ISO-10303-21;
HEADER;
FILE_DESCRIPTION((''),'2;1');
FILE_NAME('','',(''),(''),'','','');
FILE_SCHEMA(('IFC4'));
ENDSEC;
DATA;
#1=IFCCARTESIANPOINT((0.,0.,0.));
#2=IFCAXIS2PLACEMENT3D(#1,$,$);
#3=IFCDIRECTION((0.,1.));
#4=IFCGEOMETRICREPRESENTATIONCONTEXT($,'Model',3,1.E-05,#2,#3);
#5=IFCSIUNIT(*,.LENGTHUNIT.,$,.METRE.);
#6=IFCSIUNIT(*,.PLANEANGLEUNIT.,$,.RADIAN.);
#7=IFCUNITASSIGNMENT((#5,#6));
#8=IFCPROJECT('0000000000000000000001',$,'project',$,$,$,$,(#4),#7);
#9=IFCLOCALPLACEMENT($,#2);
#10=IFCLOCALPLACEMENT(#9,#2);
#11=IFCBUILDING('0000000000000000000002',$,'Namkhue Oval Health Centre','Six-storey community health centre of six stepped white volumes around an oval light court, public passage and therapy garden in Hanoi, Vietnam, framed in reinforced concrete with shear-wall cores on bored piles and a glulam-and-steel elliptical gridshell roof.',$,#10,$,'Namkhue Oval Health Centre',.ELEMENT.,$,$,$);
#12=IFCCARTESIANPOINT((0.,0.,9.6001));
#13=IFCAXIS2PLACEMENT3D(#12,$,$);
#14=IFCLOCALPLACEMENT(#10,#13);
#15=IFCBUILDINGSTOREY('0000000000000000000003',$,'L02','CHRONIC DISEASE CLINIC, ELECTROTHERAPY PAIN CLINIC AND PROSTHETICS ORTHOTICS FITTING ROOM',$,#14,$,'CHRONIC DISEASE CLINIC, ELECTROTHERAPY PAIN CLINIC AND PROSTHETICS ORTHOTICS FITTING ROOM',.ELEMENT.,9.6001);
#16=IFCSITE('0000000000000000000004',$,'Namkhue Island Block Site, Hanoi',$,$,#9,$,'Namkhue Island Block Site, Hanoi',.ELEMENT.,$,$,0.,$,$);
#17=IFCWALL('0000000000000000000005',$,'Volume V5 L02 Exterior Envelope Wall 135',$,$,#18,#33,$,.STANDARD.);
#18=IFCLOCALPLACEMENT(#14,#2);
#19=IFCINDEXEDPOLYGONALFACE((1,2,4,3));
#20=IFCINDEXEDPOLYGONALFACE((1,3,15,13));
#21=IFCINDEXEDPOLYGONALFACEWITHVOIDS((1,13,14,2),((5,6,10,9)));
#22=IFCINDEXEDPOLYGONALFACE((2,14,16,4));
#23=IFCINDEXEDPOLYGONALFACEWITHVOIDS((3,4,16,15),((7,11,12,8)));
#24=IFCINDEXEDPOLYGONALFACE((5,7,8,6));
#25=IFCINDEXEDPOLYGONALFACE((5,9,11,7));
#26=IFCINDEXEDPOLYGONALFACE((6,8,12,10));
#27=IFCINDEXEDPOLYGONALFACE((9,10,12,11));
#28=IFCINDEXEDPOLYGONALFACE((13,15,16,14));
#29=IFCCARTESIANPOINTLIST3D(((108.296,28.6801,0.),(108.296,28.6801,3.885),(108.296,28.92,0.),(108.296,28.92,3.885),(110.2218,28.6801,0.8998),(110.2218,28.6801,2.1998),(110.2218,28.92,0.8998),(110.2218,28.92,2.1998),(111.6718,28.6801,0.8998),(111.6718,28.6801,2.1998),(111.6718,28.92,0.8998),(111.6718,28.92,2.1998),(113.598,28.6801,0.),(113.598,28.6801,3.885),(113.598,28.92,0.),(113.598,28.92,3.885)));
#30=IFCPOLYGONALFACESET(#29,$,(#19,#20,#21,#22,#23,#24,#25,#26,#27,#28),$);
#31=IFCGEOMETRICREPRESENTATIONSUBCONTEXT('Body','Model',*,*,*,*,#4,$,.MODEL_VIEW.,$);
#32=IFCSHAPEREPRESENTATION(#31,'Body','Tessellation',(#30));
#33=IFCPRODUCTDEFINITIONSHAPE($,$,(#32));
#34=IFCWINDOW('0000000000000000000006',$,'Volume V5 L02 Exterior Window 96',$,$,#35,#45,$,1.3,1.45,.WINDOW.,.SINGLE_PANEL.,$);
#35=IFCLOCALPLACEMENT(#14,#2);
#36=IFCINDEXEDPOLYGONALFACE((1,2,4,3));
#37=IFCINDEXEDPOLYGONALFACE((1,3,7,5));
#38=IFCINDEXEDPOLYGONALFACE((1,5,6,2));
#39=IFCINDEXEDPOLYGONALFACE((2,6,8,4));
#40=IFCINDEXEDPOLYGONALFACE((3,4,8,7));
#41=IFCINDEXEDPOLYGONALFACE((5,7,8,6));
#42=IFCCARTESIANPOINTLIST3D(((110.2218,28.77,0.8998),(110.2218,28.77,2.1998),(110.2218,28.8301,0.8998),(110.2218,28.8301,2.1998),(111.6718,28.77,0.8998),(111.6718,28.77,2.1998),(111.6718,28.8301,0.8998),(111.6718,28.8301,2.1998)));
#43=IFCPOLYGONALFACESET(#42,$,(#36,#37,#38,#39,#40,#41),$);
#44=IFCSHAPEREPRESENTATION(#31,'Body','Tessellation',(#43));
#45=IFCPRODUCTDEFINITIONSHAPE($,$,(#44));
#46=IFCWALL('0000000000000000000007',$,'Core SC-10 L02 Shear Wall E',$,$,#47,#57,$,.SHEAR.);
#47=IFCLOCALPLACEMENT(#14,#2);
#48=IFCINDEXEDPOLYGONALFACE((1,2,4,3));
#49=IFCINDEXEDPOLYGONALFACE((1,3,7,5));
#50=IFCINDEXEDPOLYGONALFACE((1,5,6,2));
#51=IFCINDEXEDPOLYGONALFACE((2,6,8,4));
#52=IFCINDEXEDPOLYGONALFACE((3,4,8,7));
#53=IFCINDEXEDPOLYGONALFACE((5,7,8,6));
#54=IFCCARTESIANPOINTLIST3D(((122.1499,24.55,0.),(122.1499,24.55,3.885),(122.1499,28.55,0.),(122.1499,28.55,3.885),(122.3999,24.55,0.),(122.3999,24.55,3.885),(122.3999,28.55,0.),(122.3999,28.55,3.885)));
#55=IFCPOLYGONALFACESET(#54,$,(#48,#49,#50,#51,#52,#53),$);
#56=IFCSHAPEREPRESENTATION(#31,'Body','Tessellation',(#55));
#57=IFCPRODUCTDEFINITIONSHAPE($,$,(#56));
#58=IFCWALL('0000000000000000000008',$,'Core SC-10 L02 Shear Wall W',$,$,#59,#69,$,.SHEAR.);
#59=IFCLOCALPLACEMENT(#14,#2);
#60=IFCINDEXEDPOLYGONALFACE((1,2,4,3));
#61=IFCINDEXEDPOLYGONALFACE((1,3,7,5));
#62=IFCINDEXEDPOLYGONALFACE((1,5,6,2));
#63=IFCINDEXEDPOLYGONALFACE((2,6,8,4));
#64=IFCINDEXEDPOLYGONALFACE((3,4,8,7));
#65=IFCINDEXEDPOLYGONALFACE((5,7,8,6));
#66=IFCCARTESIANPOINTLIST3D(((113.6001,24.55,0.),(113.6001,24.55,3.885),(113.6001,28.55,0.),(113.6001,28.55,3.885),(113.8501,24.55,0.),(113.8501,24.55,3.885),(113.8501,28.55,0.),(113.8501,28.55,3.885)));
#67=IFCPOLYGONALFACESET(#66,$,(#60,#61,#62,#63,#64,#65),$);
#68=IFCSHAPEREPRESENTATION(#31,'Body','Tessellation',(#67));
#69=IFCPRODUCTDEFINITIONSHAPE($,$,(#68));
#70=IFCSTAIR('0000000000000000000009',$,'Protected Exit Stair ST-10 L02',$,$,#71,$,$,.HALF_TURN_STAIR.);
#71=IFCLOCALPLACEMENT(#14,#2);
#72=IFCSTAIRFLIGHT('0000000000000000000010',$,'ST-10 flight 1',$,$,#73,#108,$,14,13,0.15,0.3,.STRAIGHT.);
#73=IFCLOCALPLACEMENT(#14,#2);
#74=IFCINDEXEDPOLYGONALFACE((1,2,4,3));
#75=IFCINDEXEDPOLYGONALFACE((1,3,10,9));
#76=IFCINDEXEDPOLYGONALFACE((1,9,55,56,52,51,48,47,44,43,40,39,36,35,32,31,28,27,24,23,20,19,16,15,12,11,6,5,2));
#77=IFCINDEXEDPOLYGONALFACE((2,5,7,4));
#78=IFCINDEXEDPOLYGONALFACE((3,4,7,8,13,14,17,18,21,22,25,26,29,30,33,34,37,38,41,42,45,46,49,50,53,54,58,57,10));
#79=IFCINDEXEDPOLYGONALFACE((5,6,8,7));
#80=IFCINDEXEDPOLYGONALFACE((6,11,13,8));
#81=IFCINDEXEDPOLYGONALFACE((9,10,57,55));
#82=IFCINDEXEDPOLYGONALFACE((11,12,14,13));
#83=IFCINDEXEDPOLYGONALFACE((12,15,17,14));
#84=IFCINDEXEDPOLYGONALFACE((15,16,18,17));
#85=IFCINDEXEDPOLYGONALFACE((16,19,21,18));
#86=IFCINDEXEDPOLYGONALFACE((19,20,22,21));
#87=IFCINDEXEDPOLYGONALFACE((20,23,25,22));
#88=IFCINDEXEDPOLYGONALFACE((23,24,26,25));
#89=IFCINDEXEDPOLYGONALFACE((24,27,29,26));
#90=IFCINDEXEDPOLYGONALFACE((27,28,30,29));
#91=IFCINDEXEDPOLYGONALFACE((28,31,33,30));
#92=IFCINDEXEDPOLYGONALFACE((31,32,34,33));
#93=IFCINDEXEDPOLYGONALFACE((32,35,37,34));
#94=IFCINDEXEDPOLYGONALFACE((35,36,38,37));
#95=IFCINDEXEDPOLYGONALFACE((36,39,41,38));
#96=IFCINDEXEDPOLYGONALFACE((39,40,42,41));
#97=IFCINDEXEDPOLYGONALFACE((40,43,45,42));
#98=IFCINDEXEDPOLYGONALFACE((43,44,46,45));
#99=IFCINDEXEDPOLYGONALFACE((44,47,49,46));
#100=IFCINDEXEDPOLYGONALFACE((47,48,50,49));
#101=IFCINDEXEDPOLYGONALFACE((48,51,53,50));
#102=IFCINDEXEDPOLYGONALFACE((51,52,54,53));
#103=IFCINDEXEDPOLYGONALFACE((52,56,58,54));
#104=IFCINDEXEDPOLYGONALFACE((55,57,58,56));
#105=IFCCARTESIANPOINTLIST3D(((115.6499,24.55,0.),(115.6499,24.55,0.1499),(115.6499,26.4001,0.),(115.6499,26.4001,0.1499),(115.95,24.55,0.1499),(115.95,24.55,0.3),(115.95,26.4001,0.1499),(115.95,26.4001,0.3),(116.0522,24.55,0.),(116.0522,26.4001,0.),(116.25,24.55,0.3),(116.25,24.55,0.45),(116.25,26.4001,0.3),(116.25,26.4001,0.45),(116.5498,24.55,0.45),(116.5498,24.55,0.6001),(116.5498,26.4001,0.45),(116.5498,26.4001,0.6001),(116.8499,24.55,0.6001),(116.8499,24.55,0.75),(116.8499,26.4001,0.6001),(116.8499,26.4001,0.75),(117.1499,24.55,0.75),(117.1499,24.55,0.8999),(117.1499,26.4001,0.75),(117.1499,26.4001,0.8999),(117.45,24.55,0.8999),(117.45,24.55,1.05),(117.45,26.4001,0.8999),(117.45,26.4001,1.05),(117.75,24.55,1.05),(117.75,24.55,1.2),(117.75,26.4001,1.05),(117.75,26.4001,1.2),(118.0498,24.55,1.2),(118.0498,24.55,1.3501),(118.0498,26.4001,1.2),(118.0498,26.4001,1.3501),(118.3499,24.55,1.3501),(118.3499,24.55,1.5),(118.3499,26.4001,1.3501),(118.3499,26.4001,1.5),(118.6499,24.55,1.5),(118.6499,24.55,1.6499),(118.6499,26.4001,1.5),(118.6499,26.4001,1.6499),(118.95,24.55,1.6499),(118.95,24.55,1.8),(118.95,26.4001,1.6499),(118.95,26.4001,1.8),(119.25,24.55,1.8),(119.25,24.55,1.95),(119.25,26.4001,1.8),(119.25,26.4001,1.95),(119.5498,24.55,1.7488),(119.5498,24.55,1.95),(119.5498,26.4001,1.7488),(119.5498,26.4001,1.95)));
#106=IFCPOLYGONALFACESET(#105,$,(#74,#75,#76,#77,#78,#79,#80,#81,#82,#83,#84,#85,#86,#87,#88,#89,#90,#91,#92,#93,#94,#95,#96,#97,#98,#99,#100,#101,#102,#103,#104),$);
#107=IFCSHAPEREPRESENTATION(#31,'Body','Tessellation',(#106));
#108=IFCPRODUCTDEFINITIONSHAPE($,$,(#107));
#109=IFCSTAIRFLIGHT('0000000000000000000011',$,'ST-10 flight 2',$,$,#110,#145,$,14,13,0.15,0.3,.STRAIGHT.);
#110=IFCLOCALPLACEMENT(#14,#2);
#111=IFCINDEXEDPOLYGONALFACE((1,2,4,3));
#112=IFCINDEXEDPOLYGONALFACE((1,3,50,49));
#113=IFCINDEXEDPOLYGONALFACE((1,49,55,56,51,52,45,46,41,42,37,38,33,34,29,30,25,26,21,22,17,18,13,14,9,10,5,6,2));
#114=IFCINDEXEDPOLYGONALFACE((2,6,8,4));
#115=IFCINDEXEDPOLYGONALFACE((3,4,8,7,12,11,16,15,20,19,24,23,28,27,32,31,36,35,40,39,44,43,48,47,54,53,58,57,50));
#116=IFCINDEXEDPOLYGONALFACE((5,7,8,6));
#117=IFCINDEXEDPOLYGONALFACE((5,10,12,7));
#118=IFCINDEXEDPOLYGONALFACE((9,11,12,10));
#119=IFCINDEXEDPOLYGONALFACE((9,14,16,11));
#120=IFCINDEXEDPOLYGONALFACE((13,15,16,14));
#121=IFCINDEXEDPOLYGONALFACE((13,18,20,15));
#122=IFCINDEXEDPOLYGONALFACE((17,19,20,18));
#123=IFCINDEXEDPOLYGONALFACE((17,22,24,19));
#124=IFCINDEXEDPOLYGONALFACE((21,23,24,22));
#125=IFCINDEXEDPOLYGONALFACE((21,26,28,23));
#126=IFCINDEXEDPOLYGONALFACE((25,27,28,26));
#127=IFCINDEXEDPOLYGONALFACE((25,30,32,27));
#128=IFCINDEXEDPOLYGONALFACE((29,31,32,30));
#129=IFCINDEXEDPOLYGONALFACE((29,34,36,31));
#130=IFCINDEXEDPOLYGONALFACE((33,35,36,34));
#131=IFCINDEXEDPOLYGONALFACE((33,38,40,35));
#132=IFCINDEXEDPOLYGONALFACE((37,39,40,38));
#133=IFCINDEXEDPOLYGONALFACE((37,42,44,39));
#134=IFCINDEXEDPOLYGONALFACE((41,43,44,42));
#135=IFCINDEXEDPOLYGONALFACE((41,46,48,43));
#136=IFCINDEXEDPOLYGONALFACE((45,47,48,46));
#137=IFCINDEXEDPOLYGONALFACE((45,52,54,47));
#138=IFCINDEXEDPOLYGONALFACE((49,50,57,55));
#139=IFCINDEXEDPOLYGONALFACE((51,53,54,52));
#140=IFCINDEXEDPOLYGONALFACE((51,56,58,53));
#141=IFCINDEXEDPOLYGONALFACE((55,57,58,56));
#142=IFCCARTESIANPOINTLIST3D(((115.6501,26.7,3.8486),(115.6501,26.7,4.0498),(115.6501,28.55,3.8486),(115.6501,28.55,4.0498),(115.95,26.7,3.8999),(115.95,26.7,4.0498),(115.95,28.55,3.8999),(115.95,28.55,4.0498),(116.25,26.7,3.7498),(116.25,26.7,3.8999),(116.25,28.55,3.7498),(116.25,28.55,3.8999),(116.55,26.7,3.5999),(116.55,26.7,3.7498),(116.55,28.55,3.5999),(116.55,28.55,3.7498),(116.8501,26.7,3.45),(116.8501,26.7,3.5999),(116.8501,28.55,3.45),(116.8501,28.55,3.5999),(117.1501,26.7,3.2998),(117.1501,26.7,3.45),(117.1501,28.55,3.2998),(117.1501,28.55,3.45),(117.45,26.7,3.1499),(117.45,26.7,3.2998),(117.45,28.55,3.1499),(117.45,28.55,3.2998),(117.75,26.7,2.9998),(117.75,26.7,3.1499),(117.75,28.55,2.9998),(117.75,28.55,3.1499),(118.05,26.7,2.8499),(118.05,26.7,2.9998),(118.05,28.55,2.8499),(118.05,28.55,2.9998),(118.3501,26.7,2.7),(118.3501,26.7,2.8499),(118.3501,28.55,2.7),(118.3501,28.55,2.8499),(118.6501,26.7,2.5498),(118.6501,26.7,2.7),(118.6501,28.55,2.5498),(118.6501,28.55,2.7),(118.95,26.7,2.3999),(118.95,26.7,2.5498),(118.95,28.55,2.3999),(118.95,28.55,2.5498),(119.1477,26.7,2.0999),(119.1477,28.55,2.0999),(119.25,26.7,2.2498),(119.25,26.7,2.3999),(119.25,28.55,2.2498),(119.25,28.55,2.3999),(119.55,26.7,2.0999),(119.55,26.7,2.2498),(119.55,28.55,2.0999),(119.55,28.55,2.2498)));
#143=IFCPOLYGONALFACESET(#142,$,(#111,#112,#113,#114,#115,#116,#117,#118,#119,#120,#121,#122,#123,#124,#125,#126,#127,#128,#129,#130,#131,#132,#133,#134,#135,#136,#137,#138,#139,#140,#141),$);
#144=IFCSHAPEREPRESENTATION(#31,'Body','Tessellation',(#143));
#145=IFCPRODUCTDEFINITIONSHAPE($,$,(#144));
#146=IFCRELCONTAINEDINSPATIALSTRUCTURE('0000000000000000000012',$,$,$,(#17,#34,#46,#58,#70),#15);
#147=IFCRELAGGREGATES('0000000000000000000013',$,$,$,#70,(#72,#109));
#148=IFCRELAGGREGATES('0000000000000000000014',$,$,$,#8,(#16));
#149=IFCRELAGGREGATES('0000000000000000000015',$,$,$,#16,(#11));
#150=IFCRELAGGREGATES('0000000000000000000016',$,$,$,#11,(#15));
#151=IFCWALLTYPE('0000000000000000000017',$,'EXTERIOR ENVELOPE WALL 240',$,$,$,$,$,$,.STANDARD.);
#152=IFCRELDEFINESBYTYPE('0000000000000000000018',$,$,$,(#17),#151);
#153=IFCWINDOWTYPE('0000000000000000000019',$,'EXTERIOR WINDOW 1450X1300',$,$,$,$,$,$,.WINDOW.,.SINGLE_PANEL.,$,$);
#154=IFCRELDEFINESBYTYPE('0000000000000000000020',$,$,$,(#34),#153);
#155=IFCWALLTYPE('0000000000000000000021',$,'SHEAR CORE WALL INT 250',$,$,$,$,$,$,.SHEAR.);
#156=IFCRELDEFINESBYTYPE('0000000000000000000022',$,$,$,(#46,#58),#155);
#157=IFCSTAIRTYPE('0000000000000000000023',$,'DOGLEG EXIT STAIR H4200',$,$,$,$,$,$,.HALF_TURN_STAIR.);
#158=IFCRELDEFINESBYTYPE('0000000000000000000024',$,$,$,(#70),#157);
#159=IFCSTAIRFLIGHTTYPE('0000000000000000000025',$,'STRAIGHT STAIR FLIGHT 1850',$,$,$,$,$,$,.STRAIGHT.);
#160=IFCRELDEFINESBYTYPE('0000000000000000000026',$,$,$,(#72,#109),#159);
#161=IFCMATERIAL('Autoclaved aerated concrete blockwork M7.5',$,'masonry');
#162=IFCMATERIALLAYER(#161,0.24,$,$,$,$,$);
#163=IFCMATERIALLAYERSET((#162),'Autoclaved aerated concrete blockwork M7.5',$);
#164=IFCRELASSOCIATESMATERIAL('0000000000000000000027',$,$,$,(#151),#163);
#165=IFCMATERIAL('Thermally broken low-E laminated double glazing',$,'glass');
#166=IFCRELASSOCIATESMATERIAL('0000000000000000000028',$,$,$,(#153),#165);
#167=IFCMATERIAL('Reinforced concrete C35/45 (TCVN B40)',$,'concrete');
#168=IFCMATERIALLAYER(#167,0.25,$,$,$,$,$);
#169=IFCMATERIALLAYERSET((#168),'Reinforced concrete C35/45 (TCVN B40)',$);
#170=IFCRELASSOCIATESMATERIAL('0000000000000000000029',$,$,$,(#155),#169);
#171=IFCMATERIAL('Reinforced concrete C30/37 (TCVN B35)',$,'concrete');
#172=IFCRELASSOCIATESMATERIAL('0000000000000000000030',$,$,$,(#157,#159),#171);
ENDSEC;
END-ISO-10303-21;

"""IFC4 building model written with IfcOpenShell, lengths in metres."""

from ifc_helpers import new_model, si_unit, direction, frame, frame_2d, origin, place, context, subcontext, project, spatial, polyline, rectangle, outline, extrude, material, layer, layer_set, type_object, element, fill, aggregate, save


model = new_model("IFC4")

# Units and contexts
model_context = context("Model", 3, precision=1e-05, world=origin(), true_north=direction((0.0, 1.0)))
body_context = subcontext(model_context, "Body", "Model", "MODEL_VIEW")
ifc_project = project(units=[si_unit("LENGTHUNIT", "METRE"), si_unit("PLANEANGLEUNIT", "RADIAN")], contexts=[model_context])

# Site, building, storey
site_placement = place(None, origin())
site = spatial("IfcSite", under=ifc_project, at=site_placement, Name="Namkhue Island Block Site, Hanoi", LongName="Namkhue Island Block Site, Hanoi", CompositionType="ELEMENT", RefElevation=0.0)
building_placement = place(site_placement, origin())
building = spatial("IfcBuilding", under=site, at=building_placement, Name="Namkhue Oval Health Centre", Description="Six-storey community health centre of six stepped white volumes around an oval light court, public passage and therapy garden in Hanoi, Vietnam, framed in reinforced concrete with shear-wall cores on bored piles and a glulam-and-steel elliptical gridshell roof.", LongName="Namkhue Oval Health Centre", CompositionType="ELEMENT")
storey_placement = place(building_placement, frame((0.0, 0.0, 9.6001)))
storey = spatial("IfcBuildingStorey", under=building, at=storey_placement, Name="L02", Description="CHRONIC DISEASE CLINIC, ELECTROTHERAPY PAIN CLINIC AND PROSTHETICS ORTHOTICS FITTING ROOM", LongName="CHRONIC DISEASE CLINIC, ELECTROTHERAPY PAIN CLINIC AND PROSTHETICS ORTHOTICS FITTING ROOM", CompositionType="ELEMENT", Elevation=9.6001)

# Shared definitions
ifc_material_1 = material(Name="Reinforced concrete C35/45 (TCVN B40)", Category="concrete")

# Shared definitions
ifc_material_2 = material(Name="Reinforced concrete C30/37 (TCVN B35)", Category="concrete")

# Wall, opening, window
ifc_material_3 = material(Name="Autoclaved aerated concrete blockwork M7.5", Category="masonry")
ifc_layer_1 = layer(ifc_material_3, 0.24)
ifc_layer_set_1 = layer_set([ifc_layer_1], Name="Autoclaved aerated concrete blockwork M7.5")
wall_type_1 = type_object("IfcWallType", Name="EXTERIOR ENVELOPE WALL 240", PredefinedType="STANDARD", material=ifc_layer_set_1)
wall_1_placement = place(storey_placement, frame((113.5979, 28.8, 0.0), z_axis=(0.0, 0.0, 1.0), x_axis=(-1.0, 0.0, 0.0)))
wall_1 = element("IfcWall", 1, at=wall_1_placement, inside=storey, type_object=wall_type_1, Name="Volume V5 L02 Exterior Envelope Wall 135", PredefinedType="STANDARD", context=body_context, shape_type="SweptSolid", body=[
    extrude(rectangle(XDim=5.302, YDim=0.24, at=frame_2d((2.6509, 0.0))), origin(), (0.0, 0.0, 1.0), 3.885),
])
opening_1_placement = place(wall_1_placement, frame((1.926, 0.0, 0.8999)))
opening_1 = element("IfcOpeningElement", 2, at=opening_1_placement, cuts=wall_1, PredefinedType="OPENING", context=body_context, shape_type="SweptSolid", body=[
    extrude(rectangle(XDim=1.45, YDim=1.3, at=frame_2d((0.7251, 0.6499))), frame((0.0, 0.1299, 0.0), z_axis=(0.0, -1.0, 0.0), x_axis=(1.0, 0.0, 0.0)), (0.0, 0.0, 1.0), 0.26),
])
ifc_material_4 = material(Name="Thermally broken low-E laminated double glazing", Category="glass")
window_type = type_object("IfcWindowType", Name="EXTERIOR WINDOW 1450X1300", PartitioningType="SINGLE_PANEL", PredefinedType="WINDOW", material=ifc_material_4)
window_placement = place(opening_1_placement, origin())
window = element("IfcWindow", 3, at=window_placement, inside=storey, type_object=window_type, Name="Volume V5 L02 Exterior Window 96", OverallHeight=1.3, OverallWidth=1.45, PartitioningType="SINGLE_PANEL", PredefinedType="WINDOW", context=body_context, shape_type="SweptSolid", body=[
    extrude(rectangle(XDim=1.45, YDim=1.3, at=frame_2d((0.7251, 0.6499))), frame((0.0, 0.03, 0.0), z_axis=(0.0, -1.0, 0.0), x_axis=(1.0, 0.0, 0.0)), (0.0, 0.0, 1.0), 0.0601),
])
fill(opening_1, window)

# Shared definitions
ifc_layer_2 = layer(ifc_material_1, 0.25)
ifc_layer_set_2 = layer_set([ifc_layer_2], Name="Reinforced concrete C35/45 (TCVN B40)")
wall_type_2 = type_object("IfcWallType", Name="SHEAR CORE WALL INT 250", PredefinedType="SHEAR", material=ifc_layer_set_2)

# Walls
for number, where, z_axis, x_axis, name in (
    (4, (122.2749, 24.55, 0.0), (0.0, 0.0, 1.0), (0.0, 1.0, 0.0), "Core SC-10 L02 Shear Wall E"),
    (5, (113.7251, 28.55, 0.0), (0.0, 0.0, 1.0), (0.0, -1.0, 0.0), "Core SC-10 L02 Shear Wall W"),
):
    element("IfcWall", number, at=place(storey_placement, frame(where, z_axis=z_axis, x_axis=x_axis)), inside=storey, type_object=wall_type_2, Name=name, PredefinedType="SHEAR", context=body_context, shape_type="SweptSolid", body=[
        extrude(rectangle(XDim=4.0, YDim=0.25, at=frame_2d((2.0, 0.0))), origin(), (0.0, 0.0, 1.0), 3.885),
    ])

# Stair, stair flights
stair_type = type_object("IfcStairType", Name="DOGLEG EXIT STAIR H4200", PredefinedType="HALF_TURN_STAIR", material=ifc_material_2)
stair_placement = place(storey_placement, origin())
stair = element("IfcStair", 6, at=stair_placement, inside=storey, type_object=stair_type, Name="Protected Exit Stair ST-10 L02", PredefinedType="HALF_TURN_STAIR")
stair_flight_type = type_object("IfcStairFlightType", Name="STRAIGHT STAIR FLIGHT 1850", PredefinedType="STRAIGHT", material=ifc_material_2)
stair_flight_1_placement = place(storey_placement, frame((115.6499, 25.4751, 0.0), z_axis=(0.0, 0.0, 1.0), x_axis=(1.0, 0.0, 0.0)))
stair_flight_1 = element("IfcStairFlight", 7, at=stair_flight_1_placement, type_object=stair_flight_type, Name="ST-10 flight 1", NumberOfRisers=14, NumberOfTreads=13, PredefinedType="STRAIGHT", RiserHeight=0.15, TreadLength=0.3, context=body_context, shape_type="SweptSolid", body=[
    extrude(outline(polyline([(0.0, 0.0), (0.0, 0.1499), (0.3, 0.1499), (0.3, 0.3), (0.6001, 0.3), (0.6001, 0.45), (0.8999, 0.45), (0.8999, 0.6001), (1.2, 0.6001), (1.2, 0.75), (1.5, 0.75), (1.5, 0.8999), (1.8, 0.8999), (1.8, 1.05), (2.1001, 1.05), (2.1001, 1.2), (2.3999, 1.2), (2.3999, 1.3501), (2.7, 1.3501), (2.7, 1.5), (3.0, 1.5), (3.0, 1.6499), (3.3, 1.6499), (3.3, 1.8), (3.6001, 1.8), (3.6001, 1.95), (3.8999, 1.95), (3.8999, 2.1001), (3.8999, 1.7488), (0.4023, 0.0), (0.0, 0.0)])), frame((0.0, 0.925, 0.0), z_axis=(0.0, -1.0, 0.0), x_axis=(1.0, 0.0, 0.0)), (0.0, 0.0, 1.0), 1.8501),
])
stair_flight_2_placement = place(storey_placement, frame((119.55, 27.625, 2.0999), z_axis=(0.0, 0.0, 1.0), x_axis=(-1.0, 0.0, 0.0)))
stair_flight_2 = element("IfcStairFlight", 8, at=stair_flight_2_placement, type_object=stair_flight_type, Name="ST-10 flight 2", NumberOfRisers=14, NumberOfTreads=13, PredefinedType="STRAIGHT", RiserHeight=0.15, TreadLength=0.3, context=body_context, shape_type="SweptSolid", body=[
    extrude(outline(polyline([(0.0, 0.0), (0.0, 0.1499), (0.3, 0.1499), (0.3, 0.3), (0.6001, 0.3), (0.6001, 0.45), (0.8999, 0.45), (0.8999, 0.6001), (1.2, 0.6001), (1.2, 0.75), (1.5, 0.75), (1.5, 0.8999), (1.8, 0.8999), (1.8, 1.05), (2.1001, 1.05), (2.1001, 1.2), (2.3999, 1.2), (2.3999, 1.3501), (2.7, 1.3501), (2.7, 1.5), (3.0, 1.5), (3.0, 1.6499), (3.3, 1.6499), (3.3, 1.8), (3.6001, 1.8), (3.6001, 1.95), (3.8999, 1.95), (3.8999, 2.1001), (3.8999, 1.7488), (0.4023, 0.0), (0.0, 0.0)])), frame((0.0, 0.925, 0.0), z_axis=(0.0, -1.0, 0.0), x_axis=(1.0, 0.0, 0.0)), (0.0, 0.0, 1.0), 1.8501),
])
aggregate(stair, [stair_flight_1, stair_flight_2])

save(model, "model.ifc")
